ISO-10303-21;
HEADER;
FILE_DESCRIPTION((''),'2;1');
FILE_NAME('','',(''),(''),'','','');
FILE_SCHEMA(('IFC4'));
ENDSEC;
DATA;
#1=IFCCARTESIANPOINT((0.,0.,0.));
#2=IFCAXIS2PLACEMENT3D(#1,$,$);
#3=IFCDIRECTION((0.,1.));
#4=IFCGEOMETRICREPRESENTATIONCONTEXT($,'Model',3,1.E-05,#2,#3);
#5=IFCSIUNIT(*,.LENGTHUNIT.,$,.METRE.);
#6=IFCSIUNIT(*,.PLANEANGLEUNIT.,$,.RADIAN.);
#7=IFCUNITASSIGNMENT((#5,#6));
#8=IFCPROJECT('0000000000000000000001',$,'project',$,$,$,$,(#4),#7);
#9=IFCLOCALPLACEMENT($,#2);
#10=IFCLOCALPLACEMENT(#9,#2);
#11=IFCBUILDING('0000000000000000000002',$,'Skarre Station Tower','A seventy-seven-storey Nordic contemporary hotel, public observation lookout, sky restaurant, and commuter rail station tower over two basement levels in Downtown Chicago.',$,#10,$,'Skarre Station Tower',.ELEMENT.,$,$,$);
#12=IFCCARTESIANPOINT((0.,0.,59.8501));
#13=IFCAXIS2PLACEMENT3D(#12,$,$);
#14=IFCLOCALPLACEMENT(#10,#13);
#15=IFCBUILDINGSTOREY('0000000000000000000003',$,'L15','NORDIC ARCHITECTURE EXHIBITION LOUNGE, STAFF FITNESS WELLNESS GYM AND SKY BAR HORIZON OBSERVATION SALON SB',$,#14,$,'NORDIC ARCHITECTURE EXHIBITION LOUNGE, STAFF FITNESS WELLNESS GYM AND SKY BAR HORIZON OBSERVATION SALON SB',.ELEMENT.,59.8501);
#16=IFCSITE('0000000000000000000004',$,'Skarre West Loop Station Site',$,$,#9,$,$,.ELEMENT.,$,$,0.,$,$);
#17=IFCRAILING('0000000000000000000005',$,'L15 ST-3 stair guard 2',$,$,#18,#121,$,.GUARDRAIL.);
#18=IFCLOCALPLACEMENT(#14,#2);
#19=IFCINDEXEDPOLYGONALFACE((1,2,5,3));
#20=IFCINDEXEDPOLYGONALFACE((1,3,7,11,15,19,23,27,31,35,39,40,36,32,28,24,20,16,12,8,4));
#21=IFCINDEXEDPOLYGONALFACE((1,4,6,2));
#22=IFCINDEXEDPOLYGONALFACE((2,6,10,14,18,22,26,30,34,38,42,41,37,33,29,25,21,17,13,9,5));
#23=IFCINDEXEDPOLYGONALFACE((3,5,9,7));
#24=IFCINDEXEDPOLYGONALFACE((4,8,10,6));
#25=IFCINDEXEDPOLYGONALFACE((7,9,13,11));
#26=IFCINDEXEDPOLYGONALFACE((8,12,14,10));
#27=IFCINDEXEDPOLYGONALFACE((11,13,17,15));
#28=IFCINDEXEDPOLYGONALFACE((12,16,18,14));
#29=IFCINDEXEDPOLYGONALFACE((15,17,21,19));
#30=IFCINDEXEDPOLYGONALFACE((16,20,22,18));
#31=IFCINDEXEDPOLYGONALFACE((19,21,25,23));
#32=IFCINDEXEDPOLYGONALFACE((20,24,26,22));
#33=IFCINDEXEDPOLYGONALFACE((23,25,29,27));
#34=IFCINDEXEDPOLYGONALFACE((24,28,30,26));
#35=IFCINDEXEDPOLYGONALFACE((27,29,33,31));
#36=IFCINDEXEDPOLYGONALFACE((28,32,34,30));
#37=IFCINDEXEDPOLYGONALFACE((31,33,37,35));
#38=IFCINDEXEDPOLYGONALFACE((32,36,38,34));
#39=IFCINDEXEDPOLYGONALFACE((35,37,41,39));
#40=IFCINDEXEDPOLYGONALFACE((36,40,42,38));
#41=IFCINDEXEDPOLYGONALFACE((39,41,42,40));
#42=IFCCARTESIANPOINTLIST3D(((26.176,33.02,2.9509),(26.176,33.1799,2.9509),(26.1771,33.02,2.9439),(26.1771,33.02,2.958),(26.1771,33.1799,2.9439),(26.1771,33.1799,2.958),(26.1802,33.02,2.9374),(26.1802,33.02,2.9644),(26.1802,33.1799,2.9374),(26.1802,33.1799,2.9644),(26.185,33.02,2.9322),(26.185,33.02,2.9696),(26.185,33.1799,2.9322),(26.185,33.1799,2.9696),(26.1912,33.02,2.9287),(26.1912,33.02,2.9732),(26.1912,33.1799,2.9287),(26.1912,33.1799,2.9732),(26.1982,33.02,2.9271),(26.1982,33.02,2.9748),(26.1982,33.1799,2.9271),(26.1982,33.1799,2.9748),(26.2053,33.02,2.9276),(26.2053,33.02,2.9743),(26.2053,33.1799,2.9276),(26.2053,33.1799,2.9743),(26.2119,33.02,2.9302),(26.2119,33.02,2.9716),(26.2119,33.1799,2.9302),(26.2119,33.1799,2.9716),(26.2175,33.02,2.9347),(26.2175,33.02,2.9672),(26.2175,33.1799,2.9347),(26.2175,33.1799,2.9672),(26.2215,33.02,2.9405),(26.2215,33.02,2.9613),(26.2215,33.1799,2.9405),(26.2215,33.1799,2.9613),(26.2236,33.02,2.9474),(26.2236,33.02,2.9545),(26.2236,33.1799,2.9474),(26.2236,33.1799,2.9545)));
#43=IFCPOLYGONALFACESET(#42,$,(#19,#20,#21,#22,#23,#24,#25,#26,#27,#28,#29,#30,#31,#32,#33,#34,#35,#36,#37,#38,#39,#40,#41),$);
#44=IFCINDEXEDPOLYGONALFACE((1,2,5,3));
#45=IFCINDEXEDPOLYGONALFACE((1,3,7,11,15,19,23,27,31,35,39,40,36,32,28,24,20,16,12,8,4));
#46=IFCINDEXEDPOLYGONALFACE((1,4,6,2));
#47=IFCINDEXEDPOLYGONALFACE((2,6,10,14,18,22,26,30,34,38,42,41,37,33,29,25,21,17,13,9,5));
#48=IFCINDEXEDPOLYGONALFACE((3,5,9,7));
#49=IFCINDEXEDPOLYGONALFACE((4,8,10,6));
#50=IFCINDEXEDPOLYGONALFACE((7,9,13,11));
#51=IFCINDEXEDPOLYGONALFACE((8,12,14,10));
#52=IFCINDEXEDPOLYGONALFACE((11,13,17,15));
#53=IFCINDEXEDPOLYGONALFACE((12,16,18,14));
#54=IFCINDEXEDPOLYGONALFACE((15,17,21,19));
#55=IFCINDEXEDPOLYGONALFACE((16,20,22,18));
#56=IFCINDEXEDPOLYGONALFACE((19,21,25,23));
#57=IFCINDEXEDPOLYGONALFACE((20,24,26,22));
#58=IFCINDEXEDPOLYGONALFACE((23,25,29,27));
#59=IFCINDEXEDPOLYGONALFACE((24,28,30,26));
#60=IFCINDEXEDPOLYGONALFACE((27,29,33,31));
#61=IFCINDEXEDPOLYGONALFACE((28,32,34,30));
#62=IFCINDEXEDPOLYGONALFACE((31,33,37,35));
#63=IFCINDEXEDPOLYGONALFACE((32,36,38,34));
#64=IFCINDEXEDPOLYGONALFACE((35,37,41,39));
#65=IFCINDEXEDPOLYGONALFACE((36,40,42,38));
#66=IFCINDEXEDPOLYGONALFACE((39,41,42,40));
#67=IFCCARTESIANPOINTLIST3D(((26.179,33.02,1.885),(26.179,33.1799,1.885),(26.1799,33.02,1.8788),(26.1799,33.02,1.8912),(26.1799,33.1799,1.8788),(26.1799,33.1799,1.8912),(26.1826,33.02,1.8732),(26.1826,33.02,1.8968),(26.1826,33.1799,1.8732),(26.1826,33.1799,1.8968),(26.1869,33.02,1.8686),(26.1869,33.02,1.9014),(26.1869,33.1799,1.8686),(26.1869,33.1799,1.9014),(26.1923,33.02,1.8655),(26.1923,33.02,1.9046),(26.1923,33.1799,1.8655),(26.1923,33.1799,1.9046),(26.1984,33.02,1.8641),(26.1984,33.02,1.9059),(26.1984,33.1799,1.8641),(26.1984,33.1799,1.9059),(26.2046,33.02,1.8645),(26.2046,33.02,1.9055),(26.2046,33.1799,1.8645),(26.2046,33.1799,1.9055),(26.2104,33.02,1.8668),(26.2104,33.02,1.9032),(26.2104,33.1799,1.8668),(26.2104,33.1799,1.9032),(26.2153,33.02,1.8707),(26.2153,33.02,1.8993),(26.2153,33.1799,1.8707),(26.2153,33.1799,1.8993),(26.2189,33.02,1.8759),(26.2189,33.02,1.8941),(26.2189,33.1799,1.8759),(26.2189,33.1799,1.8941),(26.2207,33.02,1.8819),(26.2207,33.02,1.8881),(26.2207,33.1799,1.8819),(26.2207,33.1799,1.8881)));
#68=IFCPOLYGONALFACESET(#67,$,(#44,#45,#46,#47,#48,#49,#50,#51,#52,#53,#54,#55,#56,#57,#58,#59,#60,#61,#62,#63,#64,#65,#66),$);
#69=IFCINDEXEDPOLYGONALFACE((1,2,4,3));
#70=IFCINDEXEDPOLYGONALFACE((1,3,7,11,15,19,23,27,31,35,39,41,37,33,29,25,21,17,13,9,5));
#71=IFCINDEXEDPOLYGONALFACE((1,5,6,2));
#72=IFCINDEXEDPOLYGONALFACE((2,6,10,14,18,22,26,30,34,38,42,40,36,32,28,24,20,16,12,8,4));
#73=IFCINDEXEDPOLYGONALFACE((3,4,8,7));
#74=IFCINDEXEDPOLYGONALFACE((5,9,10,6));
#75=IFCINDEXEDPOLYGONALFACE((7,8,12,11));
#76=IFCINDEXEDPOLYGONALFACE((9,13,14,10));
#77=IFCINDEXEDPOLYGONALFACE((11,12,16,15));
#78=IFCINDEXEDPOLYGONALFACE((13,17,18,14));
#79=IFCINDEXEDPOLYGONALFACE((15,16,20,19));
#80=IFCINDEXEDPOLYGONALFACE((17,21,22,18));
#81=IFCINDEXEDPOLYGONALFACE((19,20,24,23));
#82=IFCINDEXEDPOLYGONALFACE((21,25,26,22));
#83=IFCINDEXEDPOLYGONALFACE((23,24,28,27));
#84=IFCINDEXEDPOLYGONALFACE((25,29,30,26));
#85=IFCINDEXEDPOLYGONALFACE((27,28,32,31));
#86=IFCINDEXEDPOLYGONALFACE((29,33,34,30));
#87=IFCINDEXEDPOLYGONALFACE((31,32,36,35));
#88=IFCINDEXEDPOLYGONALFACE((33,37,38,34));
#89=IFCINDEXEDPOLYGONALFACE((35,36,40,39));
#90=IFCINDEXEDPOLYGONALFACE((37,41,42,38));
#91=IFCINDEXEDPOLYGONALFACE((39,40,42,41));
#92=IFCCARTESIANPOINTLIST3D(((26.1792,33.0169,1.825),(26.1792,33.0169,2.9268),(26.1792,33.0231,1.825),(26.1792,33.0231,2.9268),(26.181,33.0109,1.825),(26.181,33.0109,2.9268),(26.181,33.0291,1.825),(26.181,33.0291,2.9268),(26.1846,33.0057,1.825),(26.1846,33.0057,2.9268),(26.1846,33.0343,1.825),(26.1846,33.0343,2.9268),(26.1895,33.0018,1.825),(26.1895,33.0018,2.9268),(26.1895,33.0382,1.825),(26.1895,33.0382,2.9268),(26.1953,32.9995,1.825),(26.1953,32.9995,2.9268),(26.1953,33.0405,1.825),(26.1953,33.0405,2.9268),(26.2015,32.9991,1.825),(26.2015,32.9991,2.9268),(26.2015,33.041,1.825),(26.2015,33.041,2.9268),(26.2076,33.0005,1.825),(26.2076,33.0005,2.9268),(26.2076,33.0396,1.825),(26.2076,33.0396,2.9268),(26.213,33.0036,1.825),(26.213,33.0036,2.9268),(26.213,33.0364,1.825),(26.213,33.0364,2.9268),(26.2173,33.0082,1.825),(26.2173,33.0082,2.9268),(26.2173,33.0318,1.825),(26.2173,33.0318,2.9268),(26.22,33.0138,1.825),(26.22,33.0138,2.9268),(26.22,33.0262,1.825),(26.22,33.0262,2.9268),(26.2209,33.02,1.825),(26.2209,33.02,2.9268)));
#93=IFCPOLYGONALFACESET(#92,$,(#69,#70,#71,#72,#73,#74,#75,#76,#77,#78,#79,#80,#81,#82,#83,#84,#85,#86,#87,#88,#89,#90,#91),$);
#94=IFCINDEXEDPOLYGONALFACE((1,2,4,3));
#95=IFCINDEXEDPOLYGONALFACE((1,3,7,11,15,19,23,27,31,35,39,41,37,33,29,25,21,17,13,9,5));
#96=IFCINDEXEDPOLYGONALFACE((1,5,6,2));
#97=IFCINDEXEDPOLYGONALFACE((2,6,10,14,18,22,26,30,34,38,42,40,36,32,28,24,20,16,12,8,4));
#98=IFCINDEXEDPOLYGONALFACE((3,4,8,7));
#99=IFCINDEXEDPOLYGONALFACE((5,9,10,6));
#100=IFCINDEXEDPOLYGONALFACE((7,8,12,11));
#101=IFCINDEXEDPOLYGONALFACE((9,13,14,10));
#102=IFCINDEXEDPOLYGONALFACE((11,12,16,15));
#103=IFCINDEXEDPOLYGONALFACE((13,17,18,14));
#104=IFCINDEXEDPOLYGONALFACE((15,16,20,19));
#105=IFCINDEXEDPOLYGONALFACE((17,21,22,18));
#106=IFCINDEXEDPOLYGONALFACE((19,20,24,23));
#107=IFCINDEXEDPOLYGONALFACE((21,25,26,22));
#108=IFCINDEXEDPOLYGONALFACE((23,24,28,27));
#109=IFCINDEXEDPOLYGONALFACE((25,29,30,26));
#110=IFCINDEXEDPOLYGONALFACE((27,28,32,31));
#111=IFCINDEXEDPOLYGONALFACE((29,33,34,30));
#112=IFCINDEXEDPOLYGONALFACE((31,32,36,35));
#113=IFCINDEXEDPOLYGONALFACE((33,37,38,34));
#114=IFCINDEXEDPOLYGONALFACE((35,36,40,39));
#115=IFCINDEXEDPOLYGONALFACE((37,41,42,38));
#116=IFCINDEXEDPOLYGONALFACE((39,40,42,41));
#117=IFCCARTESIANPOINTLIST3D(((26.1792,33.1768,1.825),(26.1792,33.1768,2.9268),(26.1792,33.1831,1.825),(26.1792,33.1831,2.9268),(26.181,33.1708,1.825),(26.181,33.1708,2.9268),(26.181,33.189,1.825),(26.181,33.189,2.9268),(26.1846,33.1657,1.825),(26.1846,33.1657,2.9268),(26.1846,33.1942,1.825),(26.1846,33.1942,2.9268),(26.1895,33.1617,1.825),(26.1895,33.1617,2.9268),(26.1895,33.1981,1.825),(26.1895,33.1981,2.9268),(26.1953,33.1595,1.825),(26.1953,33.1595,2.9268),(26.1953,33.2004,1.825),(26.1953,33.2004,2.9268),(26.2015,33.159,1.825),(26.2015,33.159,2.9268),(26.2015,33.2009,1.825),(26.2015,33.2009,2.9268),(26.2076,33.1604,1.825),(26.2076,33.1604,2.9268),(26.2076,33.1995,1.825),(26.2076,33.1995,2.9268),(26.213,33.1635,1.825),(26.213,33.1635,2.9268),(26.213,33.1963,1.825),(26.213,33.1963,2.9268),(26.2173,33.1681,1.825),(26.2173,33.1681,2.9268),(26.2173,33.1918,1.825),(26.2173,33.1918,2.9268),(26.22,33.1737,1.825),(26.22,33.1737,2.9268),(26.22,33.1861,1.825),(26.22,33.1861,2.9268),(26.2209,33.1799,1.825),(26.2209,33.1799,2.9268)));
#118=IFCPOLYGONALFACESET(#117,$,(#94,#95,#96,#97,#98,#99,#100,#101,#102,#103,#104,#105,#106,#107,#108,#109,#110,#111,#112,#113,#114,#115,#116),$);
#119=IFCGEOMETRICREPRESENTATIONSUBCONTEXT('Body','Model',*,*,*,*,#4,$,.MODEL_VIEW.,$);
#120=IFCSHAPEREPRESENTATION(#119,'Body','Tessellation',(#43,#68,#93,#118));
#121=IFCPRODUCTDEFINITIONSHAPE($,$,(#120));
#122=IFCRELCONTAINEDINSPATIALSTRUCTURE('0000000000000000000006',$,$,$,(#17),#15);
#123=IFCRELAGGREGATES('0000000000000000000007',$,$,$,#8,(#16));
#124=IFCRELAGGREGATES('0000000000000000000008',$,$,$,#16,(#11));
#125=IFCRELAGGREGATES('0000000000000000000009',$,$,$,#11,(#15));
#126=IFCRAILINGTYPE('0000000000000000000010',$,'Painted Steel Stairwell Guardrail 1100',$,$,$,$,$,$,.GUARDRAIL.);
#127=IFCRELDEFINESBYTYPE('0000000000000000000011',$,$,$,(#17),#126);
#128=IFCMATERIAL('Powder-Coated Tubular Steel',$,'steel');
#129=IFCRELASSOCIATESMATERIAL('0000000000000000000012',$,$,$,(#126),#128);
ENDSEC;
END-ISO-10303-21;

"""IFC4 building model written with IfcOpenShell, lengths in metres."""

from ifc_helpers import new_model, si_unit, direction, frame, origin, origin_2d, place, context, subcontext, project, spatial, circle, extrude, material, type_object, element, save


model = new_model("IFC4")

# Units and contexts
model_context = context("Model", 3, precision=1e-05, world=origin(), true_north=direction((0.0, 1.0)))
body_context = subcontext(model_context, "Body", "Model", "MODEL_VIEW")
ifc_project = project(units=[si_unit("LENGTHUNIT", "METRE"), si_unit("PLANEANGLEUNIT", "RADIAN")], contexts=[model_context])

# Site, building, storey
site_placement = place(None, origin())
site = spatial("IfcSite", under=ifc_project, at=site_placement, Name="Skarre West Loop Station Site", CompositionType="ELEMENT", RefElevation=0.0)
building_placement = place(site_placement, origin())
building = spatial("IfcBuilding", under=site, at=building_placement, Name="Skarre Station Tower", Description="A seventy-seven-storey Nordic contemporary hotel, public observation lookout, sky restaurant, and commuter rail station tower over two basement levels in Downtown Chicago.", LongName="Skarre Station Tower", CompositionType="ELEMENT")
storey_placement = place(building_placement, frame((0.0, 0.0, 59.8501)))
storey = spatial("IfcBuildingStorey", under=building, at=storey_placement, Name="L15", Description="NORDIC ARCHITECTURE EXHIBITION LOUNGE, STAFF FITNESS WELLNESS GYM AND SKY BAR HORIZON OBSERVATION SALON SB", LongName="NORDIC ARCHITECTURE EXHIBITION LOUNGE, STAFF FITNESS WELLNESS GYM AND SKY BAR HORIZON OBSERVATION SALON SB", CompositionType="ELEMENT", Elevation=59.8501)

# Railing
ifc_material_1 = material(Name="Powder-Coated Tubular Steel", Category="steel")
railing_type_1 = type_object("IfcRailingType", Name="Painted Steel Stairwell Guardrail 1100", PredefinedType="GUARDRAIL", material=ifc_material_1)
railing_1_placement = place(storey_placement, frame((26.2, 33.02, 1.825)))
element("IfcRailing", 1, at=railing_1_placement, inside=storey, type_object=railing_type_1, Name="L15 ST-3 stair guard 2", PredefinedType="GUARDRAIL", context=body_context, shape_type="SweptSolid", body=[
    extrude(circle(Radius=0.0239, at=origin_2d()), frame((0.0, 0.0, 1.126), z_axis=(0.0, 1.0, 0.0), x_axis=(-1.0, 0.0, 0.0)), (0.0, 0.0, 1.0), 0.1599),
    extrude(circle(Radius=0.021, at=origin_2d()), frame((0.0, 0.0, 0.0601), z_axis=(0.0, 1.0, 0.0), x_axis=(-1.0, 0.0, 0.0)), (0.0, 0.0, 1.0), 0.1599),
    extrude(circle(Radius=0.021, at=origin_2d()), origin(), (0.0, 0.0, 1.0), 1.1018),
    extrude(circle(Radius=0.021, at=origin_2d()), frame((0.0, 0.1599, 0.0)), (0.0, 0.0, 1.0), 1.1018),
])

save(model, "model.ifc")
